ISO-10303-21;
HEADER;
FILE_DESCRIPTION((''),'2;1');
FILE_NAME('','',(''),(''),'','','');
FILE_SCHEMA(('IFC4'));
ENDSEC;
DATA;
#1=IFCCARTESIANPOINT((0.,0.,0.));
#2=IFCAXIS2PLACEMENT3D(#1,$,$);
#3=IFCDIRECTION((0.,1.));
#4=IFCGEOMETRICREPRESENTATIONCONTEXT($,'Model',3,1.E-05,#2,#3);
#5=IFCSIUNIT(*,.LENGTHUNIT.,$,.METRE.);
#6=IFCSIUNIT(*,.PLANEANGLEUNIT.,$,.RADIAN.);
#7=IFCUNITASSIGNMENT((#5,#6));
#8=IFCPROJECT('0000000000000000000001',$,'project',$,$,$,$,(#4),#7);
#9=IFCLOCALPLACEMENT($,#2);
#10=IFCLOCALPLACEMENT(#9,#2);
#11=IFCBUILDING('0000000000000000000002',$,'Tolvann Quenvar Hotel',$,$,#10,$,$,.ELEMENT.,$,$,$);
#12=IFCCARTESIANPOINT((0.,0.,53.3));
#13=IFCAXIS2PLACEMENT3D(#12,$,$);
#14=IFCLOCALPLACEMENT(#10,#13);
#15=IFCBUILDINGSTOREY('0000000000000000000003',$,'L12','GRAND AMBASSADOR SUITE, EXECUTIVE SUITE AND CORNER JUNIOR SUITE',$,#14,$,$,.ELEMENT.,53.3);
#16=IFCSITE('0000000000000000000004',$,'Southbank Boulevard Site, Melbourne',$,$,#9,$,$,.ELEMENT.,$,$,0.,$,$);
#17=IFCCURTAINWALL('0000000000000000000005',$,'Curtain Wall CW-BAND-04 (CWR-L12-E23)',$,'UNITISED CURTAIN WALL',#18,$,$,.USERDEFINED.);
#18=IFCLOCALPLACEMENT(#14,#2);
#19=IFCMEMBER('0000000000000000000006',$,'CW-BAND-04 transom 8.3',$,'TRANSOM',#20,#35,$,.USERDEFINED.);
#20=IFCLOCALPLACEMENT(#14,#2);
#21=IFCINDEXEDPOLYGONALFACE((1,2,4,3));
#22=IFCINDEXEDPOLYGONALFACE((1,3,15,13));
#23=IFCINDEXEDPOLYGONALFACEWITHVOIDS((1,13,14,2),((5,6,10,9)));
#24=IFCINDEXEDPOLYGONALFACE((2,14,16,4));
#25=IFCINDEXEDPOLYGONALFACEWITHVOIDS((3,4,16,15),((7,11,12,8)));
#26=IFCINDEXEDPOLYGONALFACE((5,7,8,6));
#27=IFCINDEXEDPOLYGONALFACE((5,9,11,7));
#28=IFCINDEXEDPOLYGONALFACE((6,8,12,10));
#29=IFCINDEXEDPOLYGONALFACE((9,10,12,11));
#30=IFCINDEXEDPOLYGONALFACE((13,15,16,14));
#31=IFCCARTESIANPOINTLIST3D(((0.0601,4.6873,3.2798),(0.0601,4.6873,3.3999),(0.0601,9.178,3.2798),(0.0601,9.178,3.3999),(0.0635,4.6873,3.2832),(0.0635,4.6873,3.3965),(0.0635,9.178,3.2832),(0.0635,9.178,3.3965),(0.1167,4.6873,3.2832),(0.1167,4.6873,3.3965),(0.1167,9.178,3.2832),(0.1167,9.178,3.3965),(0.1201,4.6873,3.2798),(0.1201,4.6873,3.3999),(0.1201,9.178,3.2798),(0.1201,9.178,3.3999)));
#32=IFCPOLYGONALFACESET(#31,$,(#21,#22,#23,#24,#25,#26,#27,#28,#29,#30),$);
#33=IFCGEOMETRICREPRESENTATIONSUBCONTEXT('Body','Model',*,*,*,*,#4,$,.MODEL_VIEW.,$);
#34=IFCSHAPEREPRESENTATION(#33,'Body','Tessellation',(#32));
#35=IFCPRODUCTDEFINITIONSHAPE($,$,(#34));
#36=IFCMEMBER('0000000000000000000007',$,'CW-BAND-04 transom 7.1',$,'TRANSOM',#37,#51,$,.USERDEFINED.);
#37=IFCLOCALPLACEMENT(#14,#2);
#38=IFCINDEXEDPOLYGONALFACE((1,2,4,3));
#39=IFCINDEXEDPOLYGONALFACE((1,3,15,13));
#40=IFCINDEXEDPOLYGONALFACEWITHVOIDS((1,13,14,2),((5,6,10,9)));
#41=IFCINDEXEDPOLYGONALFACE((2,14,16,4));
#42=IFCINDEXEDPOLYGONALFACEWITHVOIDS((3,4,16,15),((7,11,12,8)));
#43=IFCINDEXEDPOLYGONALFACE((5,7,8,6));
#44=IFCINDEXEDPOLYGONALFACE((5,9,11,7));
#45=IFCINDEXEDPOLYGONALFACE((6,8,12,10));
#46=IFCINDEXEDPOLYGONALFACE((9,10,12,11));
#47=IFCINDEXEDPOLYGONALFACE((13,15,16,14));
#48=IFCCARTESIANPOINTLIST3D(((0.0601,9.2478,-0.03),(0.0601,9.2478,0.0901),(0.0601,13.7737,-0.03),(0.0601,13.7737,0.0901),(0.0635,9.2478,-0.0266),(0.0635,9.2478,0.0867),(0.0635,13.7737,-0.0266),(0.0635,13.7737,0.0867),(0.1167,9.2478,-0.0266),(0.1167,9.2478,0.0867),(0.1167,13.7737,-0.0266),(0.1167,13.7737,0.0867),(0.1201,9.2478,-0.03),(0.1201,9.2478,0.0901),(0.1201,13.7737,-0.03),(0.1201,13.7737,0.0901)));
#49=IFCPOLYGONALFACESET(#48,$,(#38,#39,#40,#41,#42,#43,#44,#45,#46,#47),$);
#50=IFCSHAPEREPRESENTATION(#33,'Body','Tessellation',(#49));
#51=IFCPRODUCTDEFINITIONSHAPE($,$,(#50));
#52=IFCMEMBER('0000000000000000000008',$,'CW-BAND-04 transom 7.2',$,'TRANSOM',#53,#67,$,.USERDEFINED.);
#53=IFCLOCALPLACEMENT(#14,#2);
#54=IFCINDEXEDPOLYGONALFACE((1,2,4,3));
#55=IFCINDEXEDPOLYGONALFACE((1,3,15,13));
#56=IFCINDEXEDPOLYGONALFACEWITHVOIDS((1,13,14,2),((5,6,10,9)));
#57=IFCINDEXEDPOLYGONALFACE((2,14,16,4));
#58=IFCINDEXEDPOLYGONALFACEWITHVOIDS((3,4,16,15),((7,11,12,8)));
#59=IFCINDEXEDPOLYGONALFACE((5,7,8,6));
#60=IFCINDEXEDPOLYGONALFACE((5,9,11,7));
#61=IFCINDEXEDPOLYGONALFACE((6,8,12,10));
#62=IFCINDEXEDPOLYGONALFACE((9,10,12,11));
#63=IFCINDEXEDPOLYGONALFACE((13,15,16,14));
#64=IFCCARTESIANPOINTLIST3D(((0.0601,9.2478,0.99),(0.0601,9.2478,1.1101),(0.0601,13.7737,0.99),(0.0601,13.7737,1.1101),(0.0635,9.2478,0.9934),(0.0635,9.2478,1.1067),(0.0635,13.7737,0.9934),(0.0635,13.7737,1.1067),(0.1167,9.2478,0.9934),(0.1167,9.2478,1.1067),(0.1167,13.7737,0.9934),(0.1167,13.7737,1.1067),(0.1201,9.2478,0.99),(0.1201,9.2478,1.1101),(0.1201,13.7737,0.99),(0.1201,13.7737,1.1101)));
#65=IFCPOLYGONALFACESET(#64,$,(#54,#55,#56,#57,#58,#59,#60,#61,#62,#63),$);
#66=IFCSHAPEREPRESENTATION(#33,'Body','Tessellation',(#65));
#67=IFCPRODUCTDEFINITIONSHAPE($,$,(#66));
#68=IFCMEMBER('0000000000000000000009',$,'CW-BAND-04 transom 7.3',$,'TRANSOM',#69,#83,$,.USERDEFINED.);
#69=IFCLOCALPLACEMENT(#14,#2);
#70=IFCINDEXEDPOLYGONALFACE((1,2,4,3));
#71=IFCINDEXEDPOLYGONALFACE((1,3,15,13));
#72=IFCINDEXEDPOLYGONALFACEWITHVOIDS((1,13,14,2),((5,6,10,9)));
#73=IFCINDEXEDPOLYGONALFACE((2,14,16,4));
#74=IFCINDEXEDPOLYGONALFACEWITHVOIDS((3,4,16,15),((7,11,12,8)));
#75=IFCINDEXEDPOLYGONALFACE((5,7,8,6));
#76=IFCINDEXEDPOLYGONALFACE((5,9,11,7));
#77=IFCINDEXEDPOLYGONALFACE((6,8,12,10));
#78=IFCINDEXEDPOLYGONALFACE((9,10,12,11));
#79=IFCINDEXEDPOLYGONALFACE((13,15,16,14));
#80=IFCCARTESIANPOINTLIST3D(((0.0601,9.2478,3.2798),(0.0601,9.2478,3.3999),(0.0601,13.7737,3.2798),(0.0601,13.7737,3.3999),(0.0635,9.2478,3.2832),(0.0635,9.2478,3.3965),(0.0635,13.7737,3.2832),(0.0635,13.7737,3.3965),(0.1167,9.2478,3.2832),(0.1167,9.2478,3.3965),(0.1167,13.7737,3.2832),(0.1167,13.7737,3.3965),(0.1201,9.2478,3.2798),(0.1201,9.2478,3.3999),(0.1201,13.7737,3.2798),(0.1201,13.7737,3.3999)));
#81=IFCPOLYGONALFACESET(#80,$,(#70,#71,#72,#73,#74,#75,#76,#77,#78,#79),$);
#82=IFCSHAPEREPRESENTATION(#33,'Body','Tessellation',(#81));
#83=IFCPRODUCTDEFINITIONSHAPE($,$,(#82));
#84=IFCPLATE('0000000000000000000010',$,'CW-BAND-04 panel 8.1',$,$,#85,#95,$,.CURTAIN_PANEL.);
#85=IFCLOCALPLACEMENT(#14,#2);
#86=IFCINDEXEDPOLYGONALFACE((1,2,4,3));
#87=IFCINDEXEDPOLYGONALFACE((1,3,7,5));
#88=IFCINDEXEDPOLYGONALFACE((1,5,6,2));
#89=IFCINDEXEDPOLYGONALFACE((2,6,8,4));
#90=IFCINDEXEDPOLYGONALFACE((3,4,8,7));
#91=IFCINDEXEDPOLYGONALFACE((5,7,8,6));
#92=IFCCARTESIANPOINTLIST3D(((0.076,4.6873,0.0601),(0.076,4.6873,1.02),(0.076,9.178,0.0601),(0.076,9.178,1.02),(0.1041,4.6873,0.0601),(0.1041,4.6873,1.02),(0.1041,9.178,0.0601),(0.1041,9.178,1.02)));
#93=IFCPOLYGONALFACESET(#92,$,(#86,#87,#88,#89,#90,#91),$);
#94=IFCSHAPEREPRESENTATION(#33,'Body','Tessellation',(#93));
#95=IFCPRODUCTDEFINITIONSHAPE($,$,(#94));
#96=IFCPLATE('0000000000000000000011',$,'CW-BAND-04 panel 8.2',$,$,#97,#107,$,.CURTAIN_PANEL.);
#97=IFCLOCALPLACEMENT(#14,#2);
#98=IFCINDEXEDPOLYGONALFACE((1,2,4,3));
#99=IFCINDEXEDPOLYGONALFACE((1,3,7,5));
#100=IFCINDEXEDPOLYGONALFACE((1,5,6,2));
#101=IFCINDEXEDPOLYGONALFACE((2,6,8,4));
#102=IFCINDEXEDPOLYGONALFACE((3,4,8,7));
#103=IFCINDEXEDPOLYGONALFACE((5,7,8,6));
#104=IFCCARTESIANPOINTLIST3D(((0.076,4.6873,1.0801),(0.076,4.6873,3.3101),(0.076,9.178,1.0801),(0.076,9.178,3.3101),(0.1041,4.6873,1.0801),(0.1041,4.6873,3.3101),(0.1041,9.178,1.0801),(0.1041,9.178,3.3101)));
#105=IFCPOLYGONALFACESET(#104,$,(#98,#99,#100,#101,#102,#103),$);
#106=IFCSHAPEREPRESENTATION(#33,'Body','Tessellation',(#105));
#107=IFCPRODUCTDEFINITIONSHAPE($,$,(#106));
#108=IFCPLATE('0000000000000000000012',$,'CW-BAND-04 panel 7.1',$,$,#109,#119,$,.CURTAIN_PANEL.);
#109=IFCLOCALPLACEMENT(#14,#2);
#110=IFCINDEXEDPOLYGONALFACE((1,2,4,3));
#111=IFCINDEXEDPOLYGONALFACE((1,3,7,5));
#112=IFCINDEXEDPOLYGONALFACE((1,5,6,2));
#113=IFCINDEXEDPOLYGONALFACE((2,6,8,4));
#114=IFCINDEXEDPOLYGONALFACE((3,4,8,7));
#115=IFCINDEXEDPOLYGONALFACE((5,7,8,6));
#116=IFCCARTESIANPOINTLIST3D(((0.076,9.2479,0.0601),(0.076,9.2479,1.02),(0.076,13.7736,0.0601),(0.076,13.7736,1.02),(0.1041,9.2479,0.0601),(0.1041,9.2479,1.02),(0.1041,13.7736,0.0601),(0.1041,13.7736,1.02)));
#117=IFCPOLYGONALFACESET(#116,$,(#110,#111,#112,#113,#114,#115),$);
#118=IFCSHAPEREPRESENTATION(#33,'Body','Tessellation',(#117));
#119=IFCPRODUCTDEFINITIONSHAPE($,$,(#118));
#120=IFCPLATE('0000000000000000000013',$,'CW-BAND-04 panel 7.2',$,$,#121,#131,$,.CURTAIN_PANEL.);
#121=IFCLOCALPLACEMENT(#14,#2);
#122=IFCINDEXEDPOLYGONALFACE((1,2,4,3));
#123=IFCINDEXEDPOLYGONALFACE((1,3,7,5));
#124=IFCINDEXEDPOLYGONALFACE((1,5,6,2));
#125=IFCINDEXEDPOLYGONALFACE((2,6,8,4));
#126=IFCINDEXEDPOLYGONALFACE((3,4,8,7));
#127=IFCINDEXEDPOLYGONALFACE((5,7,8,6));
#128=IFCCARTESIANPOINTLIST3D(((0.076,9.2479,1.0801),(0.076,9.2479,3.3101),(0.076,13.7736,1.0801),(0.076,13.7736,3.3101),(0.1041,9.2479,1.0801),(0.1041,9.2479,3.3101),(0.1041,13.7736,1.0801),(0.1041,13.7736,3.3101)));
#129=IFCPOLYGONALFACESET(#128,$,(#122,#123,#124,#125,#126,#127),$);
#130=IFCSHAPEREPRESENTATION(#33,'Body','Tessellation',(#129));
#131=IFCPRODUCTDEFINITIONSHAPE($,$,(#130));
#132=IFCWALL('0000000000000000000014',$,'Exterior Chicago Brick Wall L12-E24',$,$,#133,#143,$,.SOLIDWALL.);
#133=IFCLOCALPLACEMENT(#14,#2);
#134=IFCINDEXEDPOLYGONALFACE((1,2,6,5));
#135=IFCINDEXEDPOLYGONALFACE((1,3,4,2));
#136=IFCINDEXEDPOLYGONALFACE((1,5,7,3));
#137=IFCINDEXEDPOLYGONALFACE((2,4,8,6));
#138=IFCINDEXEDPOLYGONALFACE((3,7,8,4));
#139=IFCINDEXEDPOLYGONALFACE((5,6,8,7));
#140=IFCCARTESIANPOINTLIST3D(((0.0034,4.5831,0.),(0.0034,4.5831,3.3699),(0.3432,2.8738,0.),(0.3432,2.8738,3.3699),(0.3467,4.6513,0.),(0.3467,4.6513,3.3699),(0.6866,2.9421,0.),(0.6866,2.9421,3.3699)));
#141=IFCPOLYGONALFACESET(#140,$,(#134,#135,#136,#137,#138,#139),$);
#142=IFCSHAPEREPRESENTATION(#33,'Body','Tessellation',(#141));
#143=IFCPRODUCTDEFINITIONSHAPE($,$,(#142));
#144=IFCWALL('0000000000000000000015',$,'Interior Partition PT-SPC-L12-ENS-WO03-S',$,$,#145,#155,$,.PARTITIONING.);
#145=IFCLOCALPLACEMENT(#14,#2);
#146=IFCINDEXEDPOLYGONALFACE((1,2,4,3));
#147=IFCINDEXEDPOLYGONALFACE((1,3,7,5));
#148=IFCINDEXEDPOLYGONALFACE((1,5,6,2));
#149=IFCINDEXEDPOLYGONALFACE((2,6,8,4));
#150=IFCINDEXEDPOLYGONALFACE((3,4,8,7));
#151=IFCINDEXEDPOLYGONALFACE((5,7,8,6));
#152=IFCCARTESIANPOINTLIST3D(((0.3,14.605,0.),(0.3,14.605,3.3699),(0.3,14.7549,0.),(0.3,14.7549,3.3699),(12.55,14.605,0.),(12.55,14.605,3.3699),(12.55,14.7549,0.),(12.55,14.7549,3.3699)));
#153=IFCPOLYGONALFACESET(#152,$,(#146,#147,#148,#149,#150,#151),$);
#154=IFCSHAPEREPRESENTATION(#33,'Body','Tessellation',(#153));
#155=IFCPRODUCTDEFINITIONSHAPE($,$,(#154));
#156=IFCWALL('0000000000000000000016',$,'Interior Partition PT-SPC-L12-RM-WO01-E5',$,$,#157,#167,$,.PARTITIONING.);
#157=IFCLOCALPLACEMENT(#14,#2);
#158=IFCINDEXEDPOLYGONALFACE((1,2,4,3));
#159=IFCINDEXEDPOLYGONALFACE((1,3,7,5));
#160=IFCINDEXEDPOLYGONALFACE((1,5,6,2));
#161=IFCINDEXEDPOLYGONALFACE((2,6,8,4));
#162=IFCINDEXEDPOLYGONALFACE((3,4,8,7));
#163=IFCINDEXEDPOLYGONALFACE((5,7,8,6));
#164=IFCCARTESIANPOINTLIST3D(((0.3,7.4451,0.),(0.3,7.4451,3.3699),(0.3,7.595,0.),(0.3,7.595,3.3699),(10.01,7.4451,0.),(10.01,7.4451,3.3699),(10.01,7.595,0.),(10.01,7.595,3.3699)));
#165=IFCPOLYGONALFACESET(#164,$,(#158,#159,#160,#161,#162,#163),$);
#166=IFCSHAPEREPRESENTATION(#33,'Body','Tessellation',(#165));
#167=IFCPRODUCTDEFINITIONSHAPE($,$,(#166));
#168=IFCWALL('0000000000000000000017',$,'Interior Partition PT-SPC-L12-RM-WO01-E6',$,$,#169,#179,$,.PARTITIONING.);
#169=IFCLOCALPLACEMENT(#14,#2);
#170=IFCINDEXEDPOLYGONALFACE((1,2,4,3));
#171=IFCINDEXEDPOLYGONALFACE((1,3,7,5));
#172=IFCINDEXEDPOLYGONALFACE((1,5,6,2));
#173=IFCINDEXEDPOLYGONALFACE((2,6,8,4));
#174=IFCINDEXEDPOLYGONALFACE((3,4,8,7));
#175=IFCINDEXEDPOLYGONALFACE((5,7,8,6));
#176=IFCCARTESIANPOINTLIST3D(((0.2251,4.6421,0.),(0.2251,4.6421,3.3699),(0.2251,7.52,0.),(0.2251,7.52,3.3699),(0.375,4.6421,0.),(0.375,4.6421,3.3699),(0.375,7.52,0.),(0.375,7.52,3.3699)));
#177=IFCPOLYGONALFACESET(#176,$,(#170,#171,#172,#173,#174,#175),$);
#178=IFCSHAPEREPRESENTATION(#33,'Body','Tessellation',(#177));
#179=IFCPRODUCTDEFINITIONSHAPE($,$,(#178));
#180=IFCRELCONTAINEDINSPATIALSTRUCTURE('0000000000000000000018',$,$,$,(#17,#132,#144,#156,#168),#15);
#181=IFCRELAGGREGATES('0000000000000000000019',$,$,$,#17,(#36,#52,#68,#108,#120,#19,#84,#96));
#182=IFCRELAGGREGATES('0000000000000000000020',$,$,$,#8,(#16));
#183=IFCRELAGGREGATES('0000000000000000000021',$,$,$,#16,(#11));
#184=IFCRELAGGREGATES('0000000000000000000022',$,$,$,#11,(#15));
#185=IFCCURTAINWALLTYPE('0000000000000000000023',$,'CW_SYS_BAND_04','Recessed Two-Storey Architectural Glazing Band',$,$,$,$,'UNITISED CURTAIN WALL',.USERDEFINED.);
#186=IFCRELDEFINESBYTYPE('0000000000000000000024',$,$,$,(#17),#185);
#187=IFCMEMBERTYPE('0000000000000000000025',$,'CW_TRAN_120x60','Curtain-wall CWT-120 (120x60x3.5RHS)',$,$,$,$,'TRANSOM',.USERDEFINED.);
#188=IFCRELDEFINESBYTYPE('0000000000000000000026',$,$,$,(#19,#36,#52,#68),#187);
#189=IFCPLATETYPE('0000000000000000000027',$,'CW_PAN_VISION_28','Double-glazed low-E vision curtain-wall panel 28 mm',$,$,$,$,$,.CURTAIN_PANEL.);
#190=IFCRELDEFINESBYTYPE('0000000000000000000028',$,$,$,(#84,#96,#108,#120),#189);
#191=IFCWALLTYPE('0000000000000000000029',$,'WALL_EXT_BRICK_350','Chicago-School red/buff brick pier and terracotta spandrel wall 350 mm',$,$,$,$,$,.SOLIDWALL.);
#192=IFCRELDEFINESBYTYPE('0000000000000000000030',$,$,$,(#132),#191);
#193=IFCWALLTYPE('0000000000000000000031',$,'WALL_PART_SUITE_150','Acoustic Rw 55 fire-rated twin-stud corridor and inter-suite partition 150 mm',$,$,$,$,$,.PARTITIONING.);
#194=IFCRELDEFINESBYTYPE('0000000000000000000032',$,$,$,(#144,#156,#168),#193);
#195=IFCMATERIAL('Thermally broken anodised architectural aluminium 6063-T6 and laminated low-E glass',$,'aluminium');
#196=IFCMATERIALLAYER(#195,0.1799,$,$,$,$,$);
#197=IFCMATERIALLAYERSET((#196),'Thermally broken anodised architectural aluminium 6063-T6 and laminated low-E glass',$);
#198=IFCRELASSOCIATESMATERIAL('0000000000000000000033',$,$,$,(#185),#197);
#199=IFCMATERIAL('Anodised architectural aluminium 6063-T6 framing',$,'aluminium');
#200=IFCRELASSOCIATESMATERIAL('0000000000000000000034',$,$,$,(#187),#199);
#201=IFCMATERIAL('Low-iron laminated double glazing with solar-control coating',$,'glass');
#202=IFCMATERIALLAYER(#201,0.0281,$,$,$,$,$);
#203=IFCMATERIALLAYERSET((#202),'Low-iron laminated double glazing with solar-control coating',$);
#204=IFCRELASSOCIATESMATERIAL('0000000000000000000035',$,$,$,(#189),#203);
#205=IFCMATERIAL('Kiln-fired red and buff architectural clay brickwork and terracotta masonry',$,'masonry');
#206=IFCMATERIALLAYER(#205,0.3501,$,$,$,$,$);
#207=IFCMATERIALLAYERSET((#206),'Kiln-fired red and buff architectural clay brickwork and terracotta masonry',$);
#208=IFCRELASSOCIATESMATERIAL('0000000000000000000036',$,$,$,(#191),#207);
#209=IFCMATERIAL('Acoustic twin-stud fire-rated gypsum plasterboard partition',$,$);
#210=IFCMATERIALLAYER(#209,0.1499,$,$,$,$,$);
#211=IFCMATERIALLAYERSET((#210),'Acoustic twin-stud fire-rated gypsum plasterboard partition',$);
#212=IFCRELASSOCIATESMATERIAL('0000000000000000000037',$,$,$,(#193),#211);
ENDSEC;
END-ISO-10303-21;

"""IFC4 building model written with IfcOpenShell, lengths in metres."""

from ifc_helpers import new_model, si_unit, direction, frame, frame_2d, origin, origin_2d, place, context, subcontext, project, spatial, rectangle, hollow_rectangle, extrude, source, transform, mapped, material, layer, layer_set, material_profile, profile_set, type_object, type_shapes, element, aggregate, save


model = new_model("IFC4")

# Units and contexts
model_context = context("Model", 3, precision=1e-05, world=origin(), true_north=direction((0.0, 1.0)))
body_context = subcontext(model_context, "Body", "Model", "MODEL_VIEW")
ifc_project = project(units=[si_unit("LENGTHUNIT", "METRE"), si_unit("PLANEANGLEUNIT", "RADIAN")], contexts=[model_context])

# Site, building, storey
site_placement = place(None, origin())
site = spatial("IfcSite", under=ifc_project, at=site_placement, Name="Southbank Boulevard Site, Melbourne", CompositionType="ELEMENT", RefElevation=0.0)
building_placement = place(site_placement, origin())
building = spatial("IfcBuilding", under=site, at=building_placement, Name="Tolvann Quenvar Hotel", CompositionType="ELEMENT")
storey_placement = place(building_placement, frame((0.0, 0.0, 53.3)))
storey = spatial("IfcBuildingStorey", under=building, at=storey_placement, Name="L12", Description="GRAND AMBASSADOR SUITE, EXECUTIVE SUITE AND CORNER JUNIOR SUITE", CompositionType="ELEMENT", Elevation=53.3)

# Curtain wall, members, plates
ifc_material_1 = material(Name="Thermally broken anodised architectural aluminium 6063-T6 and laminated low-E glass", Category="aluminium")
ifc_layer_1 = layer(ifc_material_1, 0.1799)
ifc_layer_set_1 = layer_set([ifc_layer_1], Name="Thermally broken anodised architectural aluminium 6063-T6 and laminated low-E glass")
curtain_wall_type = type_object("IfcCurtainWallType", Name="CW_SYS_BAND_04", Description="Recessed Two-Storey Architectural Glazing Band", ElementType="UNITISED CURTAIN WALL", PredefinedType="USERDEFINED", material=ifc_layer_set_1)
curtain_wall_placement = place(storey_placement, origin())
curtain_wall = element("IfcCurtainWall", 1, at=curtain_wall_placement, inside=storey, type_object=curtain_wall_type, Name="Curtain Wall CW-BAND-04 (CWR-L12-E23)", ObjectType="UNITISED CURTAIN WALL", PredefinedType="USERDEFINED")
ifc_material_2 = material(Name="Anodised architectural aluminium 6063-T6 framing", Category="aluminium")
ifc_material_profile_1 = material_profile(ifc_material_2, hollow_rectangle(XDim=0.0601, YDim=0.1201, WallThickness=0.0034, at=origin_2d()), Name="120x60x3.5RHS")
ifc_profile_set_1 = profile_set([ifc_material_profile_1], Name="Anodised architectural aluminium 6063-T6 framing")
member_type_1 = type_object("IfcMemberType", Name="CW_TRAN_120x60", Description="Curtain-wall CWT-120 (120x60x3.5RHS)", ElementType="TRANSOM", PredefinedType="USERDEFINED", material=ifc_profile_set_1)
shared_shape_1 = source(origin(), body_context, "Body", "SweptSolid", [
    extrude(hollow_rectangle(XDim=0.0601, YDim=0.1201, WallThickness=0.0034, at=origin_2d()), origin(), (0.0, 0.0, 1.0), 4.4907),
])
member_1_placement = place(storey_placement, frame((0.0901, 9.178, 3.3398), z_axis=(0.0, -1.0, 0.0), x_axis=(1.0, 0.0, 0.0)))
member_1 = element("IfcMember", 2, at=member_1_placement, type_object=member_type_1, Name="CW-BAND-04 transom 8.3", ObjectType="TRANSOM", PredefinedType="USERDEFINED", context=body_context, shape_type="MappedRepresentation", body=[
    mapped(shared_shape_1, transform((0.0, 0.0, 0.0), x_axis=(1.0, 0.0, 0.0), y_axis=(0.0, 1.0, 0.0), z_axis=(0.0, 0.0, 1.0), scale=1.0)),
])
shared_shape_2 = source(origin(), body_context, "Body", "SweptSolid", [
    extrude(hollow_rectangle(XDim=0.0601, YDim=0.1201, WallThickness=0.0034, at=origin_2d()), origin(), (0.0, 0.0, 1.0), 4.5259),
])
type_shapes(member_type_1, [shared_shape_1, shared_shape_2])
member_2_placement = place(storey_placement, frame((0.0901, 13.7737, 0.03), z_axis=(0.0, -1.0, 0.0), x_axis=(1.0, 0.0, 0.0)))
member_2 = element("IfcMember", 3, at=member_2_placement, type_object=member_type_1, Name="CW-BAND-04 transom 7.1", ObjectType="TRANSOM", PredefinedType="USERDEFINED", context=body_context, shape_type="MappedRepresentation", body=[
    mapped(shared_shape_2, transform((0.0, 0.0, 0.0), x_axis=(1.0, 0.0, 0.0), y_axis=(0.0, 1.0, 0.0), z_axis=(0.0, 0.0, 1.0), scale=1.0)),
])
member_3_placement = place(storey_placement, frame((0.0901, 13.7737, 1.05), z_axis=(0.0, -1.0, 0.0), x_axis=(1.0, 0.0, 0.0)))
member_3 = element("IfcMember", 4, at=member_3_placement, type_object=member_type_1, Name="CW-BAND-04 transom 7.2", ObjectType="TRANSOM", PredefinedType="USERDEFINED", context=body_context, shape_type="MappedRepresentation", body=[
    mapped(shared_shape_2, transform((0.0, 0.0, 0.0), x_axis=(1.0, 0.0, 0.0), y_axis=(0.0, 1.0, 0.0), z_axis=(0.0, 0.0, 1.0), scale=1.0)),
])
member_4_placement = place(storey_placement, frame((0.0901, 13.7737, 3.3398), z_axis=(0.0, -1.0, 0.0), x_axis=(1.0, 0.0, 0.0)))
member_4 = element("IfcMember", 5, at=member_4_placement, type_object=member_type_1, Name="CW-BAND-04 transom 7.3", ObjectType="TRANSOM", PredefinedType="USERDEFINED", context=body_context, shape_type="MappedRepresentation", body=[
    mapped(shared_shape_2, transform((0.0, 0.0, 0.0), x_axis=(1.0, 0.0, 0.0), y_axis=(0.0, 1.0, 0.0), z_axis=(0.0, 0.0, 1.0), scale=1.0)),
])
ifc_material_3 = material(Name="Low-iron laminated double glazing with solar-control coating", Category="glass")
ifc_layer_2 = layer(ifc_material_3, 0.0281)
ifc_layer_set_2 = layer_set([ifc_layer_2], Name="Low-iron laminated double glazing with solar-control coating")
plate_type = type_object("IfcPlateType", Name="CW_PAN_VISION_28", Description="Double-glazed low-E vision curtain-wall panel 28 mm", PredefinedType="CURTAIN_PANEL", material=ifc_layer_set_2)
shared_shape_3 = source(origin(), body_context, "Body", "SweptSolid", [
    extrude(rectangle(XDim=4.4907, YDim=0.0281, at=origin_2d()), origin(), (0.0, 0.0, 1.0), 0.96),
])
plate_1_placement = place(storey_placement, frame((0.0901, 6.9326, 0.0601), z_axis=(0.0, 0.0, 1.0), x_axis=(0.0, -1.0, 0.0)))
plate_1 = element("IfcPlate", 6, at=plate_1_placement, type_object=plate_type, Name="CW-BAND-04 panel 8.1", PredefinedType="CURTAIN_PANEL", context=body_context, shape_type="MappedRepresentation", body=[
    mapped(shared_shape_3, transform((0.0, 0.0, 0.0), x_axis=(1.0, 0.0, 0.0), y_axis=(0.0, 1.0, 0.0), z_axis=(0.0, 0.0, 1.0), scale=1.0)),
])
shared_shape_4 = source(origin(), body_context, "Body", "SweptSolid", [
    extrude(rectangle(XDim=4.4907, YDim=0.0281, at=origin_2d()), origin(), (0.0, 0.0, 1.0), 2.23),
])
plate_2_placement = place(storey_placement, frame((0.0901, 6.9326, 1.0801), z_axis=(0.0, 0.0, 1.0), x_axis=(0.0, -1.0, 0.0)))
plate_2 = element("IfcPlate", 7, at=plate_2_placement, type_object=plate_type, Name="CW-BAND-04 panel 8.2", PredefinedType="CURTAIN_PANEL", context=body_context, shape_type="MappedRepresentation", body=[
    mapped(shared_shape_4, transform((0.0, 0.0, 0.0), x_axis=(1.0, 0.0, 0.0), y_axis=(0.0, 1.0, 0.0), z_axis=(0.0, 0.0, 1.0), scale=1.0)),
])
shared_shape_5 = source(origin(), body_context, "Body", "SweptSolid", [
    extrude(rectangle(XDim=4.5256, YDim=0.0281, at=origin_2d()), origin(), (0.0, 0.0, 1.0), 0.96),
])
plate_3_placement = place(storey_placement, frame((0.0901, 11.5107, 0.0601), z_axis=(0.0, 0.0, 1.0), x_axis=(0.0, -1.0, 0.0)))
plate_3 = element("IfcPlate", 8, at=plate_3_placement, type_object=plate_type, Name="CW-BAND-04 panel 7.1", PredefinedType="CURTAIN_PANEL", context=body_context, shape_type="MappedRepresentation", body=[
    mapped(shared_shape_5, transform((0.0, 0.0, 0.0), x_axis=(1.0, 0.0, 0.0), y_axis=(0.0, 1.0, 0.0), z_axis=(0.0, 0.0, 1.0), scale=1.0)),
])
shared_shape_6 = source(origin(), body_context, "Body", "SweptSolid", [
    extrude(rectangle(XDim=4.5256, YDim=0.0281, at=origin_2d()), origin(), (0.0, 0.0, 1.0), 2.23),
])
type_shapes(plate_type, [shared_shape_3, shared_shape_4, shared_shape_5, shared_shape_6])
plate_4_placement = place(storey_placement, frame((0.0901, 11.5107, 1.0801), z_axis=(0.0, 0.0, 1.0), x_axis=(0.0, -1.0, 0.0)))
plate_4 = element("IfcPlate", 9, at=plate_4_placement, type_object=plate_type, Name="CW-BAND-04 panel 7.2", PredefinedType="CURTAIN_PANEL", context=body_context, shape_type="MappedRepresentation", body=[
    mapped(shared_shape_6, transform((0.0, 0.0, 0.0), x_axis=(1.0, 0.0, 0.0), y_axis=(0.0, 1.0, 0.0), z_axis=(0.0, 0.0, 1.0), scale=1.0)),
])
aggregate(curtain_wall, [member_2, member_3, member_4, plate_3, plate_4, member_1, plate_1, plate_2])

# Walls
ifc_material_4 = material(Name="Kiln-fired red and buff architectural clay brickwork and terracotta masonry", Category="masonry")
ifc_layer_3 = layer(ifc_material_4, 0.3501)
ifc_layer_set_3 = layer_set([ifc_layer_3], Name="Kiln-fired red and buff architectural clay brickwork and terracotta masonry")
wall_type_1 = type_object("IfcWallType", Name="WALL_EXT_BRICK_350", Description="Chicago-School red/buff brick pier and terracotta spandrel wall 350 mm", PredefinedType="SOLIDWALL", material=ifc_layer_set_3)
wall_1_placement = place(storey_placement, frame((0.175, 4.6172, 0.0), z_axis=(0.0, 0.0, 1.0), x_axis=(0.195011, -0.980801, 0.0)))
element("IfcWall", 10, at=wall_1_placement, inside=storey, type_object=wall_type_1, Name="Exterior Chicago Brick Wall L12-E24", PredefinedType="SOLIDWALL", context=body_context, shape_type="SweptSolid", body=[
    extrude(rectangle(XDim=1.7427, YDim=0.3501, at=frame_2d((0.8713, 0.0))), origin(), (0.0, 0.0, 1.0), 3.3699),
])
ifc_material_5 = material(Name="Acoustic twin-stud fire-rated gypsum plasterboard partition")
ifc_layer_4 = layer(ifc_material_5, 0.1499)
ifc_layer_set_4 = layer_set([ifc_layer_4], Name="Acoustic twin-stud fire-rated gypsum plasterboard partition")
wall_type_2 = type_object("IfcWallType", Name="WALL_PART_SUITE_150", Description="Acoustic Rw 55 fire-rated twin-stud corridor and inter-suite partition 150 mm", PredefinedType="PARTITIONING", material=ifc_layer_set_4)
wall_2_placement = place(storey_placement, frame((0.3, 14.6799, 0.0), z_axis=(0.0, 0.0, 1.0), x_axis=(1.0, 0.0, 0.0)))
element("IfcWall", 11, at=wall_2_placement, inside=storey, type_object=wall_type_2, Name="Interior Partition PT-SPC-L12-ENS-WO03-S", PredefinedType="PARTITIONING", context=body_context, shape_type="SweptSolid", body=[
    extrude(rectangle(XDim=12.25, YDim=0.1499, at=frame_2d((6.125, 0.0))), origin(), (0.0, 0.0, 1.0), 3.3699),
])
wall_3_placement = place(storey_placement, frame((0.3, 7.52, 0.0), z_axis=(0.0, 0.0, 1.0), x_axis=(1.0, 0.0, 0.0)))
element("IfcWall", 12, at=wall_3_placement, inside=storey, type_object=wall_type_2, Name="Interior Partition PT-SPC-L12-RM-WO01-E5", PredefinedType="PARTITIONING", context=body_context, shape_type="SweptSolid", body=[
    extrude(rectangle(XDim=9.71, YDim=0.1499, at=frame_2d((4.855, 0.0))), origin(), (0.0, 0.0, 1.0), 3.3699),
])
wall_4_placement = place(storey_placement, frame((0.3, 4.6421, 0.0), z_axis=(0.0, 0.0, 1.0), x_axis=(0.0, 1.0, 0.0)))
element("IfcWall", 13, at=wall_4_placement, inside=storey, type_object=wall_type_2, Name="Interior Partition PT-SPC-L12-RM-WO01-E6", PredefinedType="PARTITIONING", context=body_context, shape_type="SweptSolid", body=[
    extrude(rectangle(XDim=2.8779, YDim=0.1499, at=frame_2d((1.439, 0.0))), origin(), (0.0, 0.0, 1.0), 3.3699),
])

save(model, "model.ifc")
